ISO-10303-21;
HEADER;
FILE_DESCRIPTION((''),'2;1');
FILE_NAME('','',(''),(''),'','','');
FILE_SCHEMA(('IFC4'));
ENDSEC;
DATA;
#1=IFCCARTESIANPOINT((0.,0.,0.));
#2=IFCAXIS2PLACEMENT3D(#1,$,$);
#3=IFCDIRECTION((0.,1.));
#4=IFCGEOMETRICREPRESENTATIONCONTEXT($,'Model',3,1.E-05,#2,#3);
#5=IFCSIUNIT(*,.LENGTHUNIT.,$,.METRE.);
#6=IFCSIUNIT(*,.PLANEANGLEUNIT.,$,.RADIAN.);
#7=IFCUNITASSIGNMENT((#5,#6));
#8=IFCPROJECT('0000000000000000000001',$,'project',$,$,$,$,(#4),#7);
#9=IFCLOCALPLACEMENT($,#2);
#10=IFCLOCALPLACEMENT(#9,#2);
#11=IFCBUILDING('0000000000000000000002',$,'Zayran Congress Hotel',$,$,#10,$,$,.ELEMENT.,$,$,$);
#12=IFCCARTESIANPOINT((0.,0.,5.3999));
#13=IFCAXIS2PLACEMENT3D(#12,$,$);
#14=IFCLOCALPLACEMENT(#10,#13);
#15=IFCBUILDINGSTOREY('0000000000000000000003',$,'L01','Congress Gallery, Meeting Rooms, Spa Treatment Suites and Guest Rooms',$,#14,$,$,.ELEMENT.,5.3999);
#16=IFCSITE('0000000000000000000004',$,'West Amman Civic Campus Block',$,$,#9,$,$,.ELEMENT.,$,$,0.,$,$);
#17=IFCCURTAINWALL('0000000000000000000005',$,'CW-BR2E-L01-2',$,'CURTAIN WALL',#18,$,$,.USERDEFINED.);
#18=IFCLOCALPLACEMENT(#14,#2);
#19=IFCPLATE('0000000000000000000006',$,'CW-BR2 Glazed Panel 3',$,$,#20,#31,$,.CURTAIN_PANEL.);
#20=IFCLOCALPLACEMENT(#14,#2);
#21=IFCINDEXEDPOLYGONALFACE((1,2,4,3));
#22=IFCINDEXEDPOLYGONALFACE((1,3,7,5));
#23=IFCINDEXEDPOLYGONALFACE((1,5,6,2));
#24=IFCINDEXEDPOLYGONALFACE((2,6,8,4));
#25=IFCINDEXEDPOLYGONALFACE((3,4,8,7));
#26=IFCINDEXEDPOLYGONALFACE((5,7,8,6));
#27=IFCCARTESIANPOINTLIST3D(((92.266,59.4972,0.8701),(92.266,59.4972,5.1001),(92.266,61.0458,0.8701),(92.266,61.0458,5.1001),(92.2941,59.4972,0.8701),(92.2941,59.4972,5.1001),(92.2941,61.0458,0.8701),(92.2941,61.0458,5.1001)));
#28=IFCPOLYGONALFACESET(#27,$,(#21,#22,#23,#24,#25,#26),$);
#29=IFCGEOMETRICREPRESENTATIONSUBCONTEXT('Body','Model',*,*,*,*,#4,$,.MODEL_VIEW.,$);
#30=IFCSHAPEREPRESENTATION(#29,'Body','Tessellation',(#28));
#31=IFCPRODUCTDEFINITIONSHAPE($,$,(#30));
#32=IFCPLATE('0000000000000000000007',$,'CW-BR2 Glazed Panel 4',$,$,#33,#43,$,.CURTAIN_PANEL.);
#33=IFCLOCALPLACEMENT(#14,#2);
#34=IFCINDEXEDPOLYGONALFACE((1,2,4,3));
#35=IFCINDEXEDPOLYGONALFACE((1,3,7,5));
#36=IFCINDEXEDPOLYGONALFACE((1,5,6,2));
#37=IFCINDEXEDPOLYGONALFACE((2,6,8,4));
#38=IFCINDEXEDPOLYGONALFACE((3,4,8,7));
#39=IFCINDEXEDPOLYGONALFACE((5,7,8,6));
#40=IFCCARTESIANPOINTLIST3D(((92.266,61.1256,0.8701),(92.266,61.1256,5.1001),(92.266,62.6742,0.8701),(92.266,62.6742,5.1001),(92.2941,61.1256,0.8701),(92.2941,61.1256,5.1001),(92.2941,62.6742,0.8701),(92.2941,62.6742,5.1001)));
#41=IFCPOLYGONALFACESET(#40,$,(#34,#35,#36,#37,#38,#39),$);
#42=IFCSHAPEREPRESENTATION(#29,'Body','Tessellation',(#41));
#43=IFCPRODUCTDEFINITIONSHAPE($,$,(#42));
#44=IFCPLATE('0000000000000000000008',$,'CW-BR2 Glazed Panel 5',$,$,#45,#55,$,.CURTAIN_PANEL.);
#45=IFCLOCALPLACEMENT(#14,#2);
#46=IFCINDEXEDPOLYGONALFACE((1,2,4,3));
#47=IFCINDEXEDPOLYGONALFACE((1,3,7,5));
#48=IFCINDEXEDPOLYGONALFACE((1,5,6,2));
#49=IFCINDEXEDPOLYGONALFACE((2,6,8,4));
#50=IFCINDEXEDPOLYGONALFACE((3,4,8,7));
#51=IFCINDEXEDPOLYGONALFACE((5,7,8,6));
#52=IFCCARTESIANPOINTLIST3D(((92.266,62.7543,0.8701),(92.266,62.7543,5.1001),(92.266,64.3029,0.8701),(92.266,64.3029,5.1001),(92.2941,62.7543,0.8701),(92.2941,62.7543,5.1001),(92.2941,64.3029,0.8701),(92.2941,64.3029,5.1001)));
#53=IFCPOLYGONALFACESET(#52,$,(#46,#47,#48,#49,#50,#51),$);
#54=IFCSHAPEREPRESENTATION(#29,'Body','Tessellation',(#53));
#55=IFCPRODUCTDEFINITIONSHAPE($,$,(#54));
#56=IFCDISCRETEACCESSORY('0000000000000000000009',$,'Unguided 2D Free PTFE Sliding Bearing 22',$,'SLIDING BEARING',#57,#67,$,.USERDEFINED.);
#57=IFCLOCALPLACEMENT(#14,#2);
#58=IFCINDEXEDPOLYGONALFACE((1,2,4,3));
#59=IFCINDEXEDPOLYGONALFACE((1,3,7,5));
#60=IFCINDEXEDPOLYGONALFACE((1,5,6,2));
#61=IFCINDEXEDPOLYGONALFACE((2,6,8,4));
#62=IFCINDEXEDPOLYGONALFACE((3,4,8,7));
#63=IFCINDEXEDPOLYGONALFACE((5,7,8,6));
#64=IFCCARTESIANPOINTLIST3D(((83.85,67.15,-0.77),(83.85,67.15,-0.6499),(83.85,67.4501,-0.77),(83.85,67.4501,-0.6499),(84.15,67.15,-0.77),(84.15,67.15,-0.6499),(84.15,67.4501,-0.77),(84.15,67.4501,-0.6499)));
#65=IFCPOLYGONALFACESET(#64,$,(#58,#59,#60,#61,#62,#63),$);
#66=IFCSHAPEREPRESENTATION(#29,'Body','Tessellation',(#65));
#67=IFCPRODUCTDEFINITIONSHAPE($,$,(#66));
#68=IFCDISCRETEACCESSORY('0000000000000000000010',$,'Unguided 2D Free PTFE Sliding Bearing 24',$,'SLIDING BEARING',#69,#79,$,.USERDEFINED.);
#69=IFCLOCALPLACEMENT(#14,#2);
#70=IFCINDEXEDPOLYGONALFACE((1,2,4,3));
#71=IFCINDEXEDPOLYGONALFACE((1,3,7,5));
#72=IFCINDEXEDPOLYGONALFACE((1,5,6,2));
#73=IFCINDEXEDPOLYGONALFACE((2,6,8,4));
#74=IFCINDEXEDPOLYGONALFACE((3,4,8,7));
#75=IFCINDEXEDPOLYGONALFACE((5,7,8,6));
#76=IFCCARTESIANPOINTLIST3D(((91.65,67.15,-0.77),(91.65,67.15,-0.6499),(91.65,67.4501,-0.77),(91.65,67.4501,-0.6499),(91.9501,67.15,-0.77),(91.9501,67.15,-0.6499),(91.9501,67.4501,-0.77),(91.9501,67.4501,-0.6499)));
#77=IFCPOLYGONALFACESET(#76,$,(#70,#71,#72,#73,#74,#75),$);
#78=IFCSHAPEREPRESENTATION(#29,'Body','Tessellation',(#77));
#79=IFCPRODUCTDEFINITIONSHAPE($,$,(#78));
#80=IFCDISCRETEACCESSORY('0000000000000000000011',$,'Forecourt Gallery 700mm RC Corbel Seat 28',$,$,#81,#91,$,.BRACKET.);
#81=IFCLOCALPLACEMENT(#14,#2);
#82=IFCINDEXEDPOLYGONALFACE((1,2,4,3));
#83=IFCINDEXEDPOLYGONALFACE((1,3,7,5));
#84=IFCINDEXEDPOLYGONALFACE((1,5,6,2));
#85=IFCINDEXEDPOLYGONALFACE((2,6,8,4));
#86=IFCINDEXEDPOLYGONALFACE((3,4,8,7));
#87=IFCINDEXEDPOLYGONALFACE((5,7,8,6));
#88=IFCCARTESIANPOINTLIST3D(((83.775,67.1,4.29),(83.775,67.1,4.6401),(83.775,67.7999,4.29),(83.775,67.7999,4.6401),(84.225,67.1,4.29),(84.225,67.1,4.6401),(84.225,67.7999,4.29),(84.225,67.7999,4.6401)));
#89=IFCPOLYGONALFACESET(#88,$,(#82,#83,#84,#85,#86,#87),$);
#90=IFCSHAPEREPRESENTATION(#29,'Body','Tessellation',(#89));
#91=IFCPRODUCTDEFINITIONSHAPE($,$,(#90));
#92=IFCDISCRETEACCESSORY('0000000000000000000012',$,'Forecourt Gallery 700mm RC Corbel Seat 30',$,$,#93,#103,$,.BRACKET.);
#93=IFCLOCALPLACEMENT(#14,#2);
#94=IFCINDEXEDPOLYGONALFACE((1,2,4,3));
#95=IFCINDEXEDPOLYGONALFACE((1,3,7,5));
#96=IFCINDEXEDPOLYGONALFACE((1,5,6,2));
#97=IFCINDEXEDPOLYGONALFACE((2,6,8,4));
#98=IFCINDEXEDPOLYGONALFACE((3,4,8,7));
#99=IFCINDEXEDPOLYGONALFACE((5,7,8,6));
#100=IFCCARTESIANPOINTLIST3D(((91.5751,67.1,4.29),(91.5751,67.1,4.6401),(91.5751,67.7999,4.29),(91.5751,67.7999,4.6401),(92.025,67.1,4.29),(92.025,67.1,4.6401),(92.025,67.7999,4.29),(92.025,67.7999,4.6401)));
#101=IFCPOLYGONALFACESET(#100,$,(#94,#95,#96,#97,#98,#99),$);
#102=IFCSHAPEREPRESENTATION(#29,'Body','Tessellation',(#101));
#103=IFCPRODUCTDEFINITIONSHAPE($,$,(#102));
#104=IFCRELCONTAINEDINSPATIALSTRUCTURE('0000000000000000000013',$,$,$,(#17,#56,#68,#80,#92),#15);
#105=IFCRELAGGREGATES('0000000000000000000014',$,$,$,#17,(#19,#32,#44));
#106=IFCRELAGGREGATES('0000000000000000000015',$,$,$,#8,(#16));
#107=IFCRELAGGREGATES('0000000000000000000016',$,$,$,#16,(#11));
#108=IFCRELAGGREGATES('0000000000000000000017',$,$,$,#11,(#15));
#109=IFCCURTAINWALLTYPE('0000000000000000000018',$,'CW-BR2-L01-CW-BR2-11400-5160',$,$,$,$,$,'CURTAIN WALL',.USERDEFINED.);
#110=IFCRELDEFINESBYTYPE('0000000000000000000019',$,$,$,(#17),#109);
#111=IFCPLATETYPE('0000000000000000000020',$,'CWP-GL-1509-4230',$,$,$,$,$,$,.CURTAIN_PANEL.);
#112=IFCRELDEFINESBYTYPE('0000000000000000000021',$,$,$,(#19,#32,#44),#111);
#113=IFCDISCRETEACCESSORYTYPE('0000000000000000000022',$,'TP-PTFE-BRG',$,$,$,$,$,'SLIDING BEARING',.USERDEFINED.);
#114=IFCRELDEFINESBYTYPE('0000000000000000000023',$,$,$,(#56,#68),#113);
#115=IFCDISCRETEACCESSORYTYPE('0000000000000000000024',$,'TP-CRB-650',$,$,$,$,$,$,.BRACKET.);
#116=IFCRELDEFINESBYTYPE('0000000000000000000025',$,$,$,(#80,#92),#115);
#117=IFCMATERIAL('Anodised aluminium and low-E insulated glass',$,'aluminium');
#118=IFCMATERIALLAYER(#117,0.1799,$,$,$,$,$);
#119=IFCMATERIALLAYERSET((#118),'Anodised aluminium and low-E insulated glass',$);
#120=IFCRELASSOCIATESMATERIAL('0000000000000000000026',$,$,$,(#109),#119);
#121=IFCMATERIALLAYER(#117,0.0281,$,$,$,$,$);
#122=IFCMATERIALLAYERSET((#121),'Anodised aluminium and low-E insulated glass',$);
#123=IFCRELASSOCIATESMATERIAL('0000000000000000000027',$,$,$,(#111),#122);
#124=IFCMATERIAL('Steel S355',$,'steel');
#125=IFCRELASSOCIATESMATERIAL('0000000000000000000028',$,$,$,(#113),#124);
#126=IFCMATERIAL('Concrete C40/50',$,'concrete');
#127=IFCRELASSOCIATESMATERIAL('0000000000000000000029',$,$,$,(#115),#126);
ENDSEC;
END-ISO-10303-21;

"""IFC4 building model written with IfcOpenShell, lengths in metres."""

from ifc_helpers import new_model, si_unit, direction, frame, origin, origin_2d, place, context, subcontext, project, spatial, rectangle, extrude, material, layer, layer_set, type_object, element, aggregate, save


model = new_model("IFC4")

# Units and contexts
model_context = context("Model", 3, precision=1e-05, world=origin(), true_north=direction((0.0, 1.0)))
body_context = subcontext(model_context, "Body", "Model", "MODEL_VIEW")
ifc_project = project(units=[si_unit("LENGTHUNIT", "METRE"), si_unit("PLANEANGLEUNIT", "RADIAN")], contexts=[model_context])

# Site, building, storey
site_placement = place(None, origin())
site = spatial("IfcSite", under=ifc_project, at=site_placement, Name="West Amman Civic Campus Block", CompositionType="ELEMENT", RefElevation=0.0)
building_placement = place(site_placement, origin())
building = spatial("IfcBuilding", under=site, at=building_placement, Name="Zayran Congress Hotel", CompositionType="ELEMENT")
storey_placement = place(building_placement, frame((0.0, 0.0, 5.3999)))
storey = spatial("IfcBuildingStorey", under=building, at=storey_placement, Name="L01", Description="Congress Gallery, Meeting Rooms, Spa Treatment Suites and Guest Rooms", CompositionType="ELEMENT", Elevation=5.3999)

# Curtain wall
ifc_material_1 = material(Name="Anodised aluminium and low-E insulated glass", Category="aluminium")
ifc_layer_1 = layer(ifc_material_1, 0.1799)
ifc_layer_set_1 = layer_set([ifc_layer_1], Name="Anodised aluminium and low-E insulated glass")
curtain_wall_type_1 = type_object("IfcCurtainWallType", Name="CW-BR2-L01-CW-BR2-11400-5160", ElementType="CURTAIN WALL", PredefinedType="USERDEFINED", material=ifc_layer_set_1)
curtain_wall_1_placement = place(storey_placement, origin())
curtain_wall_1 = element("IfcCurtainWall", 1, at=curtain_wall_1_placement, inside=storey, type_object=curtain_wall_type_1, Name="CW-BR2E-L01-2", ObjectType="CURTAIN WALL", PredefinedType="USERDEFINED")

# Plates
ifc_layer_2 = layer(ifc_material_1, 0.0281)
ifc_layer_set_2 = layer_set([ifc_layer_2], Name="Anodised aluminium and low-E insulated glass")
plate_type_1 = type_object("IfcPlateType", Name="CWP-GL-1509-4230", PredefinedType="CURTAIN_PANEL", material=ifc_layer_set_2)
plate_1_placement = place(storey_placement, frame((92.28, 60.2715, 0.8701), z_axis=(0.0, 0.0, 1.0), x_axis=(0.0, 1.0, 0.0)))
plate_1 = element("IfcPlate", 2, at=plate_1_placement, type_object=plate_type_1, Name="CW-BR2 Glazed Panel 3", PredefinedType="CURTAIN_PANEL", context=body_context, shape_type="SweptSolid", body=[
    extrude(rectangle(XDim=1.5486, YDim=0.0281, at=origin_2d()), origin(), (0.0, 0.0, 1.0), 4.23),
])
plate_2_placement = place(storey_placement, frame((92.28, 61.8999, 0.8701), z_axis=(0.0, 0.0, 1.0), x_axis=(0.0, 1.0, 0.0)))
plate_2 = element("IfcPlate", 3, at=plate_2_placement, type_object=plate_type_1, Name="CW-BR2 Glazed Panel 4", PredefinedType="CURTAIN_PANEL", context=body_context, shape_type="SweptSolid", body=[
    extrude(rectangle(XDim=1.5486, YDim=0.0281, at=origin_2d()), origin(), (0.0, 0.0, 1.0), 4.23),
])
plate_3_placement = place(storey_placement, frame((92.28, 63.5286, 0.8701), z_axis=(0.0, 0.0, 1.0), x_axis=(0.0, 1.0, 0.0)))
plate_3 = element("IfcPlate", 4, at=plate_3_placement, type_object=plate_type_1, Name="CW-BR2 Glazed Panel 5", PredefinedType="CURTAIN_PANEL", context=body_context, shape_type="SweptSolid", body=[
    extrude(rectangle(XDim=1.5486, YDim=0.0281, at=origin_2d()), origin(), (0.0, 0.0, 1.0), 4.23),
])
aggregate(curtain_wall_1, [plate_1, plate_2, plate_3])

# Discrete accessories
ifc_material_2 = material(Name="Steel S355", Category="steel")
discrete_accessory_type_1 = type_object("IfcDiscreteAccessoryType", Name="TP-PTFE-BRG", ElementType="SLIDING BEARING", PredefinedType="USERDEFINED", material=ifc_material_2)
for number, where, z_axis, x_axis, name in (
    (5, (84.0, 67.3, -0.77), (0.0, 0.0, 1.0), (1.0, 0.0, 0.0), "Unguided 2D Free PTFE Sliding Bearing 22"),
    (6, (91.8, 67.3, -0.77), (0.0, 0.0, 1.0), (1.0, 0.0, 0.0), "Unguided 2D Free PTFE Sliding Bearing 24"),
):
    element("IfcDiscreteAccessory", number, at=place(storey_placement, frame(where, z_axis=z_axis, x_axis=x_axis)), inside=storey, type_object=discrete_accessory_type_1, Name=name, ObjectType="SLIDING BEARING", PredefinedType="USERDEFINED", context=body_context, shape_type="SweptSolid", body=[
        extrude(rectangle(XDim=0.3, YDim=0.3, at=origin_2d()), origin(), (0.0, 0.0, 1.0), 0.1201),
    ])
ifc_material_3 = material(Name="Concrete C40/50", Category="concrete")
discrete_accessory_type_2 = type_object("IfcDiscreteAccessoryType", Name="TP-CRB-650", PredefinedType="BRACKET", material=ifc_material_3)
for number, where, z_axis, x_axis, name in (
    (7, (84.0, 67.45, 4.29), (0.0, 0.0, 1.0), (0.0, 1.0, 0.0), "Forecourt Gallery 700mm RC Corbel Seat 28"),
    (8, (91.8, 67.45, 4.29), (0.0, 0.0, 1.0), (0.0, 1.0, 0.0), "Forecourt Gallery 700mm RC Corbel Seat 30"),
):
    element("IfcDiscreteAccessory", number, at=place(storey_placement, frame(where, z_axis=z_axis, x_axis=x_axis)), inside=storey, type_object=discrete_accessory_type_2, Name=name, PredefinedType="BRACKET", context=body_context, shape_type="SweptSolid", body=[
        extrude(rectangle(XDim=0.7, YDim=0.45, at=origin_2d()), origin(), (0.0, 0.0, 1.0), 0.3501),
    ])

save(model, "model.ifc")
